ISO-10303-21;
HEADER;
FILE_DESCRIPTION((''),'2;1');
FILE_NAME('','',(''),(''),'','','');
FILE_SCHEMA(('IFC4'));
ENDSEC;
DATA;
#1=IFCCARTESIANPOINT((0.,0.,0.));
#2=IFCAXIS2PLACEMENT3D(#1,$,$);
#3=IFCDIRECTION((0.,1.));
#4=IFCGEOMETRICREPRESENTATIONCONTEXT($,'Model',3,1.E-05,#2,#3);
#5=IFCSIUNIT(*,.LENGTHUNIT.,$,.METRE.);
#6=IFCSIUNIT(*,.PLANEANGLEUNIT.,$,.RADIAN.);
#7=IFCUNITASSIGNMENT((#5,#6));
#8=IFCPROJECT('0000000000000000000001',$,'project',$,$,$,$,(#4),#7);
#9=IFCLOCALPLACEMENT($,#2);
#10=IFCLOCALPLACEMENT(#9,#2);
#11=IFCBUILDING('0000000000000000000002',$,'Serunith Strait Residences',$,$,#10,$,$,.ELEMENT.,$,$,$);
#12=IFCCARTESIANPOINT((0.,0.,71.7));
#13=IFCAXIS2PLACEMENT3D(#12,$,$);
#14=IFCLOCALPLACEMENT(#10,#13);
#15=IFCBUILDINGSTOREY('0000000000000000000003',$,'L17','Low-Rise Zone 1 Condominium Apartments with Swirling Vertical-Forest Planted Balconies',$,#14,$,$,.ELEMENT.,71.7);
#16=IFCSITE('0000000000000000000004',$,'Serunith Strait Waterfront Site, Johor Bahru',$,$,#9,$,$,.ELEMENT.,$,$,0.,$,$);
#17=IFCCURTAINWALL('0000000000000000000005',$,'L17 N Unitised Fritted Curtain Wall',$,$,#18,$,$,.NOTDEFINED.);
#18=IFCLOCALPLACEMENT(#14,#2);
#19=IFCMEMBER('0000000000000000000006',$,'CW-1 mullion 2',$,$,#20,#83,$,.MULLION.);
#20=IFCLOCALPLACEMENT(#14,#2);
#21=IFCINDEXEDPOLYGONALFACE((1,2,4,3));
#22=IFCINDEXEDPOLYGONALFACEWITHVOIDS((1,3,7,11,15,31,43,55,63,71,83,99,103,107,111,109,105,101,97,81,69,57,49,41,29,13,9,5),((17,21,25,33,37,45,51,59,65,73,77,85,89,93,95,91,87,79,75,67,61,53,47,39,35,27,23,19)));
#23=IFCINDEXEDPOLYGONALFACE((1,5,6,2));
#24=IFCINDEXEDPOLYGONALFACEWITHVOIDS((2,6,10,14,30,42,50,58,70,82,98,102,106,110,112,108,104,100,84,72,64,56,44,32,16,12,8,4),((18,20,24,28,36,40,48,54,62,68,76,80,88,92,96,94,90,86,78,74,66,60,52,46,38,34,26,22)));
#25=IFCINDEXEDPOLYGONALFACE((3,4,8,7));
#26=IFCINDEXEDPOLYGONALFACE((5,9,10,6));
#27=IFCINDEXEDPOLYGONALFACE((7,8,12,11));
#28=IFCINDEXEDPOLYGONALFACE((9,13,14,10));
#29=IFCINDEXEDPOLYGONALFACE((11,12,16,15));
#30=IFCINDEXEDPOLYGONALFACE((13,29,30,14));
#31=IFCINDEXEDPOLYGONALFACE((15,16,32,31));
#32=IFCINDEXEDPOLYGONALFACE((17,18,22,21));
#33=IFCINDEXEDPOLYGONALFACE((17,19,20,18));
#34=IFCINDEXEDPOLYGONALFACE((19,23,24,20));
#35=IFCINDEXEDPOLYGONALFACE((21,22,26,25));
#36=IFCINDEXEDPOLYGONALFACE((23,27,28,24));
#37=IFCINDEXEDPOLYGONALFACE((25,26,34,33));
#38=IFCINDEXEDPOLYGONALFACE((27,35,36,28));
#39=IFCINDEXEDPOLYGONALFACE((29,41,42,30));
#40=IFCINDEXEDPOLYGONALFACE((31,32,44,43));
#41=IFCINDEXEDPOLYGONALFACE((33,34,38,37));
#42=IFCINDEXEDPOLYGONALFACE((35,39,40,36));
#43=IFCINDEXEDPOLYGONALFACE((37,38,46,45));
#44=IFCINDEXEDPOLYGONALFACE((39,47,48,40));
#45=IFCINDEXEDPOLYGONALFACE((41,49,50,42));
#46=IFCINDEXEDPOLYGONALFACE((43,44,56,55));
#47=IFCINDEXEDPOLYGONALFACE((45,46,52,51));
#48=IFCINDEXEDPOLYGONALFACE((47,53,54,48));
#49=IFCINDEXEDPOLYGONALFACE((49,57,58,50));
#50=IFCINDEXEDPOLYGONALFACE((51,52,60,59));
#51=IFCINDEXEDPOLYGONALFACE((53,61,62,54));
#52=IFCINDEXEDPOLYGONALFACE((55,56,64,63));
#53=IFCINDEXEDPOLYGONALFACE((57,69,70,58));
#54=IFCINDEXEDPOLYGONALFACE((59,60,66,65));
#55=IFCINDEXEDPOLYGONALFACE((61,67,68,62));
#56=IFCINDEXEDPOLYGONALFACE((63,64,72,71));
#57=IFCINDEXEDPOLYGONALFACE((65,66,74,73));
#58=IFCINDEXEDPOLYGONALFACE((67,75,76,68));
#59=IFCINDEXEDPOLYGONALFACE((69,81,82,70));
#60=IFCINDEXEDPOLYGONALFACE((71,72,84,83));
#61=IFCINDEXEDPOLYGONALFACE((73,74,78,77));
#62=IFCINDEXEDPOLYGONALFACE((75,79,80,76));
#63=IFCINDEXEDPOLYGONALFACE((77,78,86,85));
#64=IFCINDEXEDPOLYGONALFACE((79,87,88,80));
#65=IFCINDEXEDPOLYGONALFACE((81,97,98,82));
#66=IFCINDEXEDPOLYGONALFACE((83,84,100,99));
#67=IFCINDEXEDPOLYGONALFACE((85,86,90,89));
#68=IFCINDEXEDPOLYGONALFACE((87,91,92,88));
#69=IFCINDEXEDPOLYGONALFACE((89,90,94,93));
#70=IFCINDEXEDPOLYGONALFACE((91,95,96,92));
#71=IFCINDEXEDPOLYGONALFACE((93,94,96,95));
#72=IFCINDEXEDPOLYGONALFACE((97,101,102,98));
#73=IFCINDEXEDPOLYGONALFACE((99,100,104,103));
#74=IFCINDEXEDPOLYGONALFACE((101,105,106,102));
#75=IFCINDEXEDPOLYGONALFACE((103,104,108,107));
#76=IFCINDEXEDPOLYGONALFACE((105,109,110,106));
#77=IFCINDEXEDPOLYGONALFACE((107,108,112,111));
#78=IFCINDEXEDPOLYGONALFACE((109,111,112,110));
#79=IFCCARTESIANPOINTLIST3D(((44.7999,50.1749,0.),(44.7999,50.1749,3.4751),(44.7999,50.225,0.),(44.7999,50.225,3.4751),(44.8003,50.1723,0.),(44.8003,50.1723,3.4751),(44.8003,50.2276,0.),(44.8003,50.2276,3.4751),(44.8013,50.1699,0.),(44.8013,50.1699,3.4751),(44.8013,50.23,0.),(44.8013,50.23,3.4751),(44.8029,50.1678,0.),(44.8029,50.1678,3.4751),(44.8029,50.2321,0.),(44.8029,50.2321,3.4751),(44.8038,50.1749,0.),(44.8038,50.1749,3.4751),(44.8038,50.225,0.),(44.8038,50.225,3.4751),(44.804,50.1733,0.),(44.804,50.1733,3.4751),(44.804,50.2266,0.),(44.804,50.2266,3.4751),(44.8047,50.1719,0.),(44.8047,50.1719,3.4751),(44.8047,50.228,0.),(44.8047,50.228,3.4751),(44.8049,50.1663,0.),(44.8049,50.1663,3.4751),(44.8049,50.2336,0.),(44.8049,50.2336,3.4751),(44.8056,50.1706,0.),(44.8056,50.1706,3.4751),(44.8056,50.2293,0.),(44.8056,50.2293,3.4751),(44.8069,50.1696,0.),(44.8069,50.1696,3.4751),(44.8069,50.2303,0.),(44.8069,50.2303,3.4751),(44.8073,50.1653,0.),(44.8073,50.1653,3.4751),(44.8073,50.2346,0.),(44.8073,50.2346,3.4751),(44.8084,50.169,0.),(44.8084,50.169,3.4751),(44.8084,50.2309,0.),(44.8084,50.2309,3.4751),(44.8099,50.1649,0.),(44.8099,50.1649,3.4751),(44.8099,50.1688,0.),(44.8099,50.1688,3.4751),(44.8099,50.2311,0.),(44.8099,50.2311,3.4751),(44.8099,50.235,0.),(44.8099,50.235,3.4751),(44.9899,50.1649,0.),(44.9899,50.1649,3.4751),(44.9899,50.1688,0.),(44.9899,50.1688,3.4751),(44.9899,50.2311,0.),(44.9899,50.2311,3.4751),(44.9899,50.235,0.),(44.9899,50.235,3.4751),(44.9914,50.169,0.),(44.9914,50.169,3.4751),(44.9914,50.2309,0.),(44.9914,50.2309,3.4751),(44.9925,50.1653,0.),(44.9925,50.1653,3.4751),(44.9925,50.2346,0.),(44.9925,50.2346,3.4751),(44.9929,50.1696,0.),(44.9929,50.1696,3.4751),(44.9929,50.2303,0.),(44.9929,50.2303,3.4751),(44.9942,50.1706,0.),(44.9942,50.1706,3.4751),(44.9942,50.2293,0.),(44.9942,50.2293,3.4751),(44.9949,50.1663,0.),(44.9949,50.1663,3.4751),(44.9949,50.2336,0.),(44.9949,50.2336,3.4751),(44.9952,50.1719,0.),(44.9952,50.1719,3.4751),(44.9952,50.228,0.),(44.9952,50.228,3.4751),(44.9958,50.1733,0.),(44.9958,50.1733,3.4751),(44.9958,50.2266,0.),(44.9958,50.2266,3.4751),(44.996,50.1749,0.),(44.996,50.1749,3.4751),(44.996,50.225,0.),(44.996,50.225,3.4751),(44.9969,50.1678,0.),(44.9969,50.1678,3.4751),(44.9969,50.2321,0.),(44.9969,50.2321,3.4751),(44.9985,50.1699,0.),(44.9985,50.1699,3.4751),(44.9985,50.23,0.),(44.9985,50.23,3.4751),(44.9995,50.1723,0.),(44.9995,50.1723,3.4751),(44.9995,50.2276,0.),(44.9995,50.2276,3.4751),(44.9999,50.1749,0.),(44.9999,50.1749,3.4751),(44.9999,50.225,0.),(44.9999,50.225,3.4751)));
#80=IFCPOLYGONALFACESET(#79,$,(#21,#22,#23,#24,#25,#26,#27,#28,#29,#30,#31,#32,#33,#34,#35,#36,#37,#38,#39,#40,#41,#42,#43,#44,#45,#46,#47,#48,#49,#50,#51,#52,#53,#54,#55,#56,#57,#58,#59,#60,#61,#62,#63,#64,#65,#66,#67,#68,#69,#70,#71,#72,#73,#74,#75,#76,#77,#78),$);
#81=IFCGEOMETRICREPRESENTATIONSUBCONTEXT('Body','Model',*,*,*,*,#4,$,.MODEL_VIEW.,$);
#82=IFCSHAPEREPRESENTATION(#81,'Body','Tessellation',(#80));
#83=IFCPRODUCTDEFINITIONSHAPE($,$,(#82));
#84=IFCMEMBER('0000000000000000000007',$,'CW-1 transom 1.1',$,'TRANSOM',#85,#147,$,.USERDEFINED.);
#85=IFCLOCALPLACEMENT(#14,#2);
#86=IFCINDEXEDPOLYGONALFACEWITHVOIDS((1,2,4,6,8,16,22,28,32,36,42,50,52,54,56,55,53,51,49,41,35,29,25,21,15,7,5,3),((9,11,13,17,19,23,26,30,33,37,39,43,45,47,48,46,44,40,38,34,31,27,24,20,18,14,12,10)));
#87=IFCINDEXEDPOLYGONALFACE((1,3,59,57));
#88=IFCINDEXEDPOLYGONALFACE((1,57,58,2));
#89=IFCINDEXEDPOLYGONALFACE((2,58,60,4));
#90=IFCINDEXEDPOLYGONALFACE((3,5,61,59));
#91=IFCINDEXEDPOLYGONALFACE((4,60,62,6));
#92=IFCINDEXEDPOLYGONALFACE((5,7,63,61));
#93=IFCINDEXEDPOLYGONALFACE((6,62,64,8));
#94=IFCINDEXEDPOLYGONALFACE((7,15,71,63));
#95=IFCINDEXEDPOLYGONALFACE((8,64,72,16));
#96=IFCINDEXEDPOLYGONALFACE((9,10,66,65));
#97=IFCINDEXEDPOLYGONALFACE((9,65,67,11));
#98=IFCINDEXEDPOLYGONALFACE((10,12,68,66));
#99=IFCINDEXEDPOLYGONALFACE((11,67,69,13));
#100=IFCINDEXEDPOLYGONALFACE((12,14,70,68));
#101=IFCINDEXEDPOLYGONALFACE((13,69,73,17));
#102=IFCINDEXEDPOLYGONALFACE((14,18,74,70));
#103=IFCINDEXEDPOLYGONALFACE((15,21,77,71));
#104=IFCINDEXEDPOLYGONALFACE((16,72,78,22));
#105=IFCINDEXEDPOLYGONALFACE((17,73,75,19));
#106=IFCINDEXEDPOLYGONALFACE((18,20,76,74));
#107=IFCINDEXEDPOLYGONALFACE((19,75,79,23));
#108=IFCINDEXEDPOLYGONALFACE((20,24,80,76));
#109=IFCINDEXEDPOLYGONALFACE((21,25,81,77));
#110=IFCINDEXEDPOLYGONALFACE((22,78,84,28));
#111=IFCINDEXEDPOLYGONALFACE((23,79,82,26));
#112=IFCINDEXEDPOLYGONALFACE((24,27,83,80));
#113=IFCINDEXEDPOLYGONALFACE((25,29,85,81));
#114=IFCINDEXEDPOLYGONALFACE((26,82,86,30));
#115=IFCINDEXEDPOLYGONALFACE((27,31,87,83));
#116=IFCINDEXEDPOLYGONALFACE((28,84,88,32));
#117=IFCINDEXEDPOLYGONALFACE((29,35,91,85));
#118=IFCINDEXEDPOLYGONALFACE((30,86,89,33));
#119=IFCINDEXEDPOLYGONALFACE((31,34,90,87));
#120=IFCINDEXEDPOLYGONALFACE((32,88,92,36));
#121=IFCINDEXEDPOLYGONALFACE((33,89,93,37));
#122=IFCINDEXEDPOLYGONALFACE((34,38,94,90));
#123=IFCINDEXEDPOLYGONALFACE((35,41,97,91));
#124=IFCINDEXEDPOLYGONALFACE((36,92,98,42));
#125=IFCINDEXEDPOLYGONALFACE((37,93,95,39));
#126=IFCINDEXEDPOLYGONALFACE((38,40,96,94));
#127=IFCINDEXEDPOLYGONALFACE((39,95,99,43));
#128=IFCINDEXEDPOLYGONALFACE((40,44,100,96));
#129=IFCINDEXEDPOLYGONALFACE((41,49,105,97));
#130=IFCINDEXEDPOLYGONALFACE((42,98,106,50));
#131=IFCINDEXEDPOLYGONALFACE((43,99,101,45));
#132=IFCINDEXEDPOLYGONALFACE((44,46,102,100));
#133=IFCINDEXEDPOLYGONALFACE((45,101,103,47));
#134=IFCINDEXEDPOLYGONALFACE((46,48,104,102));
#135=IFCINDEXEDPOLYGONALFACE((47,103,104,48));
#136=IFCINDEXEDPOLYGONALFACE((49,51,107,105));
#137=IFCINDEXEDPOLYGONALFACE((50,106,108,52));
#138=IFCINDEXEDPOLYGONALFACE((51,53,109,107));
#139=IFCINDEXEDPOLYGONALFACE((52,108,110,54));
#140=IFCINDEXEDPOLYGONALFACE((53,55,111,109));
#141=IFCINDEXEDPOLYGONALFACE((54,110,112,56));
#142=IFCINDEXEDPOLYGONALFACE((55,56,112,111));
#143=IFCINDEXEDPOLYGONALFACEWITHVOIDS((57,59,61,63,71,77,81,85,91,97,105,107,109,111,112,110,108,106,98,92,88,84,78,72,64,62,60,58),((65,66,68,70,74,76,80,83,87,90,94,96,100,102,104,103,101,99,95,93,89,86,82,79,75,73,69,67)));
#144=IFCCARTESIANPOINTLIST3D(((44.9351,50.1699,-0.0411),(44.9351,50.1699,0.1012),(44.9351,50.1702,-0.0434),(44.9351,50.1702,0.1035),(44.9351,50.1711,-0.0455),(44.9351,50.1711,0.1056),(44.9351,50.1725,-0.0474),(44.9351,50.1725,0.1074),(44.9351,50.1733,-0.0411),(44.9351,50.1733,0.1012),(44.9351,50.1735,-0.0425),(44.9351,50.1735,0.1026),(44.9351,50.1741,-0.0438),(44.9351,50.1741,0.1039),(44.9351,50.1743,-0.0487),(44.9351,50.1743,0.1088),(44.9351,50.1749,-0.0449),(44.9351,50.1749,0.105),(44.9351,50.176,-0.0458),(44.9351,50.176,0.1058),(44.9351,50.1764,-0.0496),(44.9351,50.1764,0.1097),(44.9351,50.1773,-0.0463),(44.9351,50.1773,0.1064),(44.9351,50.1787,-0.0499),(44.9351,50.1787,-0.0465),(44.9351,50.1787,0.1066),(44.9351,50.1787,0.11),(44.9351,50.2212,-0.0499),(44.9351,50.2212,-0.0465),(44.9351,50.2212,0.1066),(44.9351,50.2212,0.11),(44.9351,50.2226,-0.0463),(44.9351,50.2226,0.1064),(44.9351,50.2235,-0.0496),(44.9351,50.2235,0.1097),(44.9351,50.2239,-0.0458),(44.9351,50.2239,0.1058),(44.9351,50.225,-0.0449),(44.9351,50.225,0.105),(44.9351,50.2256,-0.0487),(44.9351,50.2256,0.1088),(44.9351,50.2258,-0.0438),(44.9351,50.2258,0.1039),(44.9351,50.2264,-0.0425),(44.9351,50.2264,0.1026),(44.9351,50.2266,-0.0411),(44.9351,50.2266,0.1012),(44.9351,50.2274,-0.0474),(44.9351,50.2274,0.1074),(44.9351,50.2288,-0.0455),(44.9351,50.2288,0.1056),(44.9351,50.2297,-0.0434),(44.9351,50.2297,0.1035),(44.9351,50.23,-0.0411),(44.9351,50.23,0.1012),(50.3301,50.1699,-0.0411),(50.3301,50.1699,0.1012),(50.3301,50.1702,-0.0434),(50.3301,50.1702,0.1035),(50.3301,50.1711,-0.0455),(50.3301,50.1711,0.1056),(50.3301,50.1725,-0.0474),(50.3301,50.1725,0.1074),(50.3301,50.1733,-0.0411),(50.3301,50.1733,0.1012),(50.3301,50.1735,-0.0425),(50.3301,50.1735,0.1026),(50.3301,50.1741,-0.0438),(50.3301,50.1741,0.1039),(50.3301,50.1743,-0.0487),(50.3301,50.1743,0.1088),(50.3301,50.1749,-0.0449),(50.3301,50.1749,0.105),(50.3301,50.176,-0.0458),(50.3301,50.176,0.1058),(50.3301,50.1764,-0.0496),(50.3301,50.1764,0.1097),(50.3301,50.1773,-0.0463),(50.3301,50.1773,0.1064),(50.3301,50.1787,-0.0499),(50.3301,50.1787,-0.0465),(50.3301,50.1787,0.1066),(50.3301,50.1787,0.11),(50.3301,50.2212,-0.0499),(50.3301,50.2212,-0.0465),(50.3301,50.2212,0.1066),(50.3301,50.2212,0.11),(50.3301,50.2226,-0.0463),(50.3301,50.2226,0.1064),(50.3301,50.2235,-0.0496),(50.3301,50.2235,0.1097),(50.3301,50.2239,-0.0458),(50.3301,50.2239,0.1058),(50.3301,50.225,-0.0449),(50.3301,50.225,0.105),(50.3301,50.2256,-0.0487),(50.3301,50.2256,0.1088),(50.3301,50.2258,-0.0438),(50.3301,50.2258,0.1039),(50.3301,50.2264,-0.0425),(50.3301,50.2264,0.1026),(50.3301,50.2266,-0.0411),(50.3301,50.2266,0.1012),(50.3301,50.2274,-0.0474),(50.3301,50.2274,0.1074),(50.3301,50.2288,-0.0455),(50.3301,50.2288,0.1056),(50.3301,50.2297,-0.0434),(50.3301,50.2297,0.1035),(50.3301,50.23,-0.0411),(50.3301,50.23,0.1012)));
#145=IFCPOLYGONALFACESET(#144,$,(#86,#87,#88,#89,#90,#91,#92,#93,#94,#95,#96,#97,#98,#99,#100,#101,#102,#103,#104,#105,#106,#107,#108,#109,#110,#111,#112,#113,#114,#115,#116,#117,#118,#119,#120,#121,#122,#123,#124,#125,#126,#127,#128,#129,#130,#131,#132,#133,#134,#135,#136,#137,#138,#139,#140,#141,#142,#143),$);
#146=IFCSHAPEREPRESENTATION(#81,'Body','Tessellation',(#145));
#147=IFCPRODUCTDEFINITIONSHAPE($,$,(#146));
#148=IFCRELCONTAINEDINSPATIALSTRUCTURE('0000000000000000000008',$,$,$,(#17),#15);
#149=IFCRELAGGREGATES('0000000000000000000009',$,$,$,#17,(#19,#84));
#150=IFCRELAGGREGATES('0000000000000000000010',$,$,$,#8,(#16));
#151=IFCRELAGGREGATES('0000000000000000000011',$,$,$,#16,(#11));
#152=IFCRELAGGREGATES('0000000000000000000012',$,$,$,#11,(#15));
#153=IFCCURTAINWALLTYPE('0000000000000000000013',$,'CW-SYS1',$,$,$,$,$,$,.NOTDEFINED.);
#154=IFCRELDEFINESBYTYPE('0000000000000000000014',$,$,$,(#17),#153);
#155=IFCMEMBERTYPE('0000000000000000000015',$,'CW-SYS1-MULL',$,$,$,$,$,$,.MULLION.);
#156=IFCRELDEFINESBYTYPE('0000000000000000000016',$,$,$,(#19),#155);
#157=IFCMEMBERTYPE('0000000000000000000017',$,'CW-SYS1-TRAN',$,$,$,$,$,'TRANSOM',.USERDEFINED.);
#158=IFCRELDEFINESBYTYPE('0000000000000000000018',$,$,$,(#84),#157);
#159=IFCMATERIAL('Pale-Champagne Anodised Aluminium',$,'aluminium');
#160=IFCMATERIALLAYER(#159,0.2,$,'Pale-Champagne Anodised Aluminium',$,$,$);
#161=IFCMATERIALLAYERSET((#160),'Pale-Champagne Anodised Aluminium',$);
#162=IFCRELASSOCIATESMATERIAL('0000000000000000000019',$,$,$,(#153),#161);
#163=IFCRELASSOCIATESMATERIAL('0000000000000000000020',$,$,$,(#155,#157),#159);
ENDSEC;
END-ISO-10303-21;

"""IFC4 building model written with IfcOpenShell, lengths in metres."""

from ifc_helpers import new_model, si_unit, direction, frame, origin, origin_2d, place, context, subcontext, project, spatial, hollow_rectangle, extrude, source, transform, mapped, material, layer, layer_set, material_profile, profile_set, type_object, element, aggregate, save


model = new_model("IFC4")

# Units and contexts
model_context = context("Model", 3, precision=1e-05, world=origin(), true_north=direction((0.0, 1.0)))
body_context = subcontext(model_context, "Body", "Model", "MODEL_VIEW")
ifc_project = project(units=[si_unit("LENGTHUNIT", "METRE"), si_unit("PLANEANGLEUNIT", "RADIAN")], contexts=[model_context])

# Site, building, storey
site_placement = place(None, origin())
site = spatial("IfcSite", under=ifc_project, at=site_placement, Name="Serunith Strait Waterfront Site, Johor Bahru", CompositionType="ELEMENT", RefElevation=0.0)
building_placement = place(site_placement, origin())
building = spatial("IfcBuilding", under=site, at=building_placement, Name="Serunith Strait Residences", CompositionType="ELEMENT")
storey_placement = place(building_placement, frame((0.0, 0.0, 71.7)))
storey = spatial("IfcBuildingStorey", under=building, at=storey_placement, Name="L17", Description="Low-Rise Zone 1 Condominium Apartments with Swirling Vertical-Forest Planted Balconies", CompositionType="ELEMENT", Elevation=71.7)

# Shared definitions
ifc_material_1 = material(Name="Pale-Champagne Anodised Aluminium", Category="aluminium")
ifc_layer_1 = layer(ifc_material_1, 0.2, Name="Pale-Champagne Anodised Aluminium")
ifc_layer_set_1 = layer_set([ifc_layer_1], Name="Pale-Champagne Anodised Aluminium")
curtain_wall_type = type_object("IfcCurtainWallType", Name="CW-SYS1", PredefinedType="NOTDEFINED", material=ifc_layer_set_1)
ifc_material_profile_1 = material_profile(ifc_material_1, hollow_rectangle(XDim=0.0701, YDim=0.2, WallThickness=0.0039, InnerFilletRadius=0.0061, OuterFilletRadius=0.01, at=origin_2d()), Name="ALU 200x70x4")
ifc_profile_set_1 = profile_set([ifc_material_profile_1], Name="Pale-Champagne Anodised Aluminium")
member_type_1 = type_object("IfcMemberType", Name="CW-SYS1-MULL", PredefinedType="MULLION", material=ifc_profile_set_1)
shared_shape_1 = source(origin(), body_context, "Body", "SweptSolid", [
    extrude(hollow_rectangle(XDim=0.0701, YDim=0.2, WallThickness=0.0039, InnerFilletRadius=0.0061, OuterFilletRadius=0.01, at=origin_2d()), origin(), (0.0, 0.0, 1.0), 3.4751),
])

# Curtain wall, members
curtain_wall_1_placement = place(storey_placement, origin())
curtain_wall_1 = element("IfcCurtainWall", 1, at=curtain_wall_1_placement, inside=storey, type_object=curtain_wall_type, Name="L17 N Unitised Fritted Curtain Wall", PredefinedType="NOTDEFINED")
member_1_placement = place(storey_placement, frame((44.8999, 50.2, 0.0), z_axis=(0.0, 0.0, 1.0), x_axis=(0.0, -1.0, 0.0)))
member_1 = element("IfcMember", 2, at=member_1_placement, type_object=member_type_1, Name="CW-1 mullion 2", PredefinedType="MULLION", context=body_context, shape_type="MappedRepresentation", body=[
    mapped(shared_shape_1, transform((0.0, 0.0, 0.0), scale=1.0)),
])
ifc_material_profile_2 = material_profile(ifc_material_1, hollow_rectangle(XDim=0.0601, YDim=0.1599, WallThickness=0.0034, InnerFilletRadius=0.0054, OuterFilletRadius=0.0088, at=origin_2d()), Name="ALU 160x60x3.5")
ifc_profile_set_2 = profile_set([ifc_material_profile_2], Name="Pale-Champagne Anodised Aluminium")
member_type_2 = type_object("IfcMemberType", Name="CW-SYS1-TRAN", ElementType="TRANSOM", PredefinedType="USERDEFINED", material=ifc_profile_set_2)
shared_shape_2 = source(origin(), body_context, "Body", "SweptSolid", [
    extrude(hollow_rectangle(XDim=0.0601, YDim=0.1599, WallThickness=0.0034, InnerFilletRadius=0.0054, OuterFilletRadius=0.0088, at=origin_2d()), origin(), (0.0, 0.0, 1.0), 5.395),
])
member_2_placement = place(storey_placement, frame((50.3301, 50.2, 0.03), z_axis=(-1.0, 0.0, 0.0), x_axis=(0.0, -1.0, 0.0)))
member_2 = element("IfcMember", 3, at=member_2_placement, type_object=member_type_2, Name="CW-1 transom 1.1", ObjectType="TRANSOM", PredefinedType="USERDEFINED", context=body_context, shape_type="MappedRepresentation", body=[
    mapped(shared_shape_2, transform((0.0, 0.0, 0.0), scale=1.0)),
])
aggregate(curtain_wall_1, [member_1, member_2])

save(model, "model.ifc")
